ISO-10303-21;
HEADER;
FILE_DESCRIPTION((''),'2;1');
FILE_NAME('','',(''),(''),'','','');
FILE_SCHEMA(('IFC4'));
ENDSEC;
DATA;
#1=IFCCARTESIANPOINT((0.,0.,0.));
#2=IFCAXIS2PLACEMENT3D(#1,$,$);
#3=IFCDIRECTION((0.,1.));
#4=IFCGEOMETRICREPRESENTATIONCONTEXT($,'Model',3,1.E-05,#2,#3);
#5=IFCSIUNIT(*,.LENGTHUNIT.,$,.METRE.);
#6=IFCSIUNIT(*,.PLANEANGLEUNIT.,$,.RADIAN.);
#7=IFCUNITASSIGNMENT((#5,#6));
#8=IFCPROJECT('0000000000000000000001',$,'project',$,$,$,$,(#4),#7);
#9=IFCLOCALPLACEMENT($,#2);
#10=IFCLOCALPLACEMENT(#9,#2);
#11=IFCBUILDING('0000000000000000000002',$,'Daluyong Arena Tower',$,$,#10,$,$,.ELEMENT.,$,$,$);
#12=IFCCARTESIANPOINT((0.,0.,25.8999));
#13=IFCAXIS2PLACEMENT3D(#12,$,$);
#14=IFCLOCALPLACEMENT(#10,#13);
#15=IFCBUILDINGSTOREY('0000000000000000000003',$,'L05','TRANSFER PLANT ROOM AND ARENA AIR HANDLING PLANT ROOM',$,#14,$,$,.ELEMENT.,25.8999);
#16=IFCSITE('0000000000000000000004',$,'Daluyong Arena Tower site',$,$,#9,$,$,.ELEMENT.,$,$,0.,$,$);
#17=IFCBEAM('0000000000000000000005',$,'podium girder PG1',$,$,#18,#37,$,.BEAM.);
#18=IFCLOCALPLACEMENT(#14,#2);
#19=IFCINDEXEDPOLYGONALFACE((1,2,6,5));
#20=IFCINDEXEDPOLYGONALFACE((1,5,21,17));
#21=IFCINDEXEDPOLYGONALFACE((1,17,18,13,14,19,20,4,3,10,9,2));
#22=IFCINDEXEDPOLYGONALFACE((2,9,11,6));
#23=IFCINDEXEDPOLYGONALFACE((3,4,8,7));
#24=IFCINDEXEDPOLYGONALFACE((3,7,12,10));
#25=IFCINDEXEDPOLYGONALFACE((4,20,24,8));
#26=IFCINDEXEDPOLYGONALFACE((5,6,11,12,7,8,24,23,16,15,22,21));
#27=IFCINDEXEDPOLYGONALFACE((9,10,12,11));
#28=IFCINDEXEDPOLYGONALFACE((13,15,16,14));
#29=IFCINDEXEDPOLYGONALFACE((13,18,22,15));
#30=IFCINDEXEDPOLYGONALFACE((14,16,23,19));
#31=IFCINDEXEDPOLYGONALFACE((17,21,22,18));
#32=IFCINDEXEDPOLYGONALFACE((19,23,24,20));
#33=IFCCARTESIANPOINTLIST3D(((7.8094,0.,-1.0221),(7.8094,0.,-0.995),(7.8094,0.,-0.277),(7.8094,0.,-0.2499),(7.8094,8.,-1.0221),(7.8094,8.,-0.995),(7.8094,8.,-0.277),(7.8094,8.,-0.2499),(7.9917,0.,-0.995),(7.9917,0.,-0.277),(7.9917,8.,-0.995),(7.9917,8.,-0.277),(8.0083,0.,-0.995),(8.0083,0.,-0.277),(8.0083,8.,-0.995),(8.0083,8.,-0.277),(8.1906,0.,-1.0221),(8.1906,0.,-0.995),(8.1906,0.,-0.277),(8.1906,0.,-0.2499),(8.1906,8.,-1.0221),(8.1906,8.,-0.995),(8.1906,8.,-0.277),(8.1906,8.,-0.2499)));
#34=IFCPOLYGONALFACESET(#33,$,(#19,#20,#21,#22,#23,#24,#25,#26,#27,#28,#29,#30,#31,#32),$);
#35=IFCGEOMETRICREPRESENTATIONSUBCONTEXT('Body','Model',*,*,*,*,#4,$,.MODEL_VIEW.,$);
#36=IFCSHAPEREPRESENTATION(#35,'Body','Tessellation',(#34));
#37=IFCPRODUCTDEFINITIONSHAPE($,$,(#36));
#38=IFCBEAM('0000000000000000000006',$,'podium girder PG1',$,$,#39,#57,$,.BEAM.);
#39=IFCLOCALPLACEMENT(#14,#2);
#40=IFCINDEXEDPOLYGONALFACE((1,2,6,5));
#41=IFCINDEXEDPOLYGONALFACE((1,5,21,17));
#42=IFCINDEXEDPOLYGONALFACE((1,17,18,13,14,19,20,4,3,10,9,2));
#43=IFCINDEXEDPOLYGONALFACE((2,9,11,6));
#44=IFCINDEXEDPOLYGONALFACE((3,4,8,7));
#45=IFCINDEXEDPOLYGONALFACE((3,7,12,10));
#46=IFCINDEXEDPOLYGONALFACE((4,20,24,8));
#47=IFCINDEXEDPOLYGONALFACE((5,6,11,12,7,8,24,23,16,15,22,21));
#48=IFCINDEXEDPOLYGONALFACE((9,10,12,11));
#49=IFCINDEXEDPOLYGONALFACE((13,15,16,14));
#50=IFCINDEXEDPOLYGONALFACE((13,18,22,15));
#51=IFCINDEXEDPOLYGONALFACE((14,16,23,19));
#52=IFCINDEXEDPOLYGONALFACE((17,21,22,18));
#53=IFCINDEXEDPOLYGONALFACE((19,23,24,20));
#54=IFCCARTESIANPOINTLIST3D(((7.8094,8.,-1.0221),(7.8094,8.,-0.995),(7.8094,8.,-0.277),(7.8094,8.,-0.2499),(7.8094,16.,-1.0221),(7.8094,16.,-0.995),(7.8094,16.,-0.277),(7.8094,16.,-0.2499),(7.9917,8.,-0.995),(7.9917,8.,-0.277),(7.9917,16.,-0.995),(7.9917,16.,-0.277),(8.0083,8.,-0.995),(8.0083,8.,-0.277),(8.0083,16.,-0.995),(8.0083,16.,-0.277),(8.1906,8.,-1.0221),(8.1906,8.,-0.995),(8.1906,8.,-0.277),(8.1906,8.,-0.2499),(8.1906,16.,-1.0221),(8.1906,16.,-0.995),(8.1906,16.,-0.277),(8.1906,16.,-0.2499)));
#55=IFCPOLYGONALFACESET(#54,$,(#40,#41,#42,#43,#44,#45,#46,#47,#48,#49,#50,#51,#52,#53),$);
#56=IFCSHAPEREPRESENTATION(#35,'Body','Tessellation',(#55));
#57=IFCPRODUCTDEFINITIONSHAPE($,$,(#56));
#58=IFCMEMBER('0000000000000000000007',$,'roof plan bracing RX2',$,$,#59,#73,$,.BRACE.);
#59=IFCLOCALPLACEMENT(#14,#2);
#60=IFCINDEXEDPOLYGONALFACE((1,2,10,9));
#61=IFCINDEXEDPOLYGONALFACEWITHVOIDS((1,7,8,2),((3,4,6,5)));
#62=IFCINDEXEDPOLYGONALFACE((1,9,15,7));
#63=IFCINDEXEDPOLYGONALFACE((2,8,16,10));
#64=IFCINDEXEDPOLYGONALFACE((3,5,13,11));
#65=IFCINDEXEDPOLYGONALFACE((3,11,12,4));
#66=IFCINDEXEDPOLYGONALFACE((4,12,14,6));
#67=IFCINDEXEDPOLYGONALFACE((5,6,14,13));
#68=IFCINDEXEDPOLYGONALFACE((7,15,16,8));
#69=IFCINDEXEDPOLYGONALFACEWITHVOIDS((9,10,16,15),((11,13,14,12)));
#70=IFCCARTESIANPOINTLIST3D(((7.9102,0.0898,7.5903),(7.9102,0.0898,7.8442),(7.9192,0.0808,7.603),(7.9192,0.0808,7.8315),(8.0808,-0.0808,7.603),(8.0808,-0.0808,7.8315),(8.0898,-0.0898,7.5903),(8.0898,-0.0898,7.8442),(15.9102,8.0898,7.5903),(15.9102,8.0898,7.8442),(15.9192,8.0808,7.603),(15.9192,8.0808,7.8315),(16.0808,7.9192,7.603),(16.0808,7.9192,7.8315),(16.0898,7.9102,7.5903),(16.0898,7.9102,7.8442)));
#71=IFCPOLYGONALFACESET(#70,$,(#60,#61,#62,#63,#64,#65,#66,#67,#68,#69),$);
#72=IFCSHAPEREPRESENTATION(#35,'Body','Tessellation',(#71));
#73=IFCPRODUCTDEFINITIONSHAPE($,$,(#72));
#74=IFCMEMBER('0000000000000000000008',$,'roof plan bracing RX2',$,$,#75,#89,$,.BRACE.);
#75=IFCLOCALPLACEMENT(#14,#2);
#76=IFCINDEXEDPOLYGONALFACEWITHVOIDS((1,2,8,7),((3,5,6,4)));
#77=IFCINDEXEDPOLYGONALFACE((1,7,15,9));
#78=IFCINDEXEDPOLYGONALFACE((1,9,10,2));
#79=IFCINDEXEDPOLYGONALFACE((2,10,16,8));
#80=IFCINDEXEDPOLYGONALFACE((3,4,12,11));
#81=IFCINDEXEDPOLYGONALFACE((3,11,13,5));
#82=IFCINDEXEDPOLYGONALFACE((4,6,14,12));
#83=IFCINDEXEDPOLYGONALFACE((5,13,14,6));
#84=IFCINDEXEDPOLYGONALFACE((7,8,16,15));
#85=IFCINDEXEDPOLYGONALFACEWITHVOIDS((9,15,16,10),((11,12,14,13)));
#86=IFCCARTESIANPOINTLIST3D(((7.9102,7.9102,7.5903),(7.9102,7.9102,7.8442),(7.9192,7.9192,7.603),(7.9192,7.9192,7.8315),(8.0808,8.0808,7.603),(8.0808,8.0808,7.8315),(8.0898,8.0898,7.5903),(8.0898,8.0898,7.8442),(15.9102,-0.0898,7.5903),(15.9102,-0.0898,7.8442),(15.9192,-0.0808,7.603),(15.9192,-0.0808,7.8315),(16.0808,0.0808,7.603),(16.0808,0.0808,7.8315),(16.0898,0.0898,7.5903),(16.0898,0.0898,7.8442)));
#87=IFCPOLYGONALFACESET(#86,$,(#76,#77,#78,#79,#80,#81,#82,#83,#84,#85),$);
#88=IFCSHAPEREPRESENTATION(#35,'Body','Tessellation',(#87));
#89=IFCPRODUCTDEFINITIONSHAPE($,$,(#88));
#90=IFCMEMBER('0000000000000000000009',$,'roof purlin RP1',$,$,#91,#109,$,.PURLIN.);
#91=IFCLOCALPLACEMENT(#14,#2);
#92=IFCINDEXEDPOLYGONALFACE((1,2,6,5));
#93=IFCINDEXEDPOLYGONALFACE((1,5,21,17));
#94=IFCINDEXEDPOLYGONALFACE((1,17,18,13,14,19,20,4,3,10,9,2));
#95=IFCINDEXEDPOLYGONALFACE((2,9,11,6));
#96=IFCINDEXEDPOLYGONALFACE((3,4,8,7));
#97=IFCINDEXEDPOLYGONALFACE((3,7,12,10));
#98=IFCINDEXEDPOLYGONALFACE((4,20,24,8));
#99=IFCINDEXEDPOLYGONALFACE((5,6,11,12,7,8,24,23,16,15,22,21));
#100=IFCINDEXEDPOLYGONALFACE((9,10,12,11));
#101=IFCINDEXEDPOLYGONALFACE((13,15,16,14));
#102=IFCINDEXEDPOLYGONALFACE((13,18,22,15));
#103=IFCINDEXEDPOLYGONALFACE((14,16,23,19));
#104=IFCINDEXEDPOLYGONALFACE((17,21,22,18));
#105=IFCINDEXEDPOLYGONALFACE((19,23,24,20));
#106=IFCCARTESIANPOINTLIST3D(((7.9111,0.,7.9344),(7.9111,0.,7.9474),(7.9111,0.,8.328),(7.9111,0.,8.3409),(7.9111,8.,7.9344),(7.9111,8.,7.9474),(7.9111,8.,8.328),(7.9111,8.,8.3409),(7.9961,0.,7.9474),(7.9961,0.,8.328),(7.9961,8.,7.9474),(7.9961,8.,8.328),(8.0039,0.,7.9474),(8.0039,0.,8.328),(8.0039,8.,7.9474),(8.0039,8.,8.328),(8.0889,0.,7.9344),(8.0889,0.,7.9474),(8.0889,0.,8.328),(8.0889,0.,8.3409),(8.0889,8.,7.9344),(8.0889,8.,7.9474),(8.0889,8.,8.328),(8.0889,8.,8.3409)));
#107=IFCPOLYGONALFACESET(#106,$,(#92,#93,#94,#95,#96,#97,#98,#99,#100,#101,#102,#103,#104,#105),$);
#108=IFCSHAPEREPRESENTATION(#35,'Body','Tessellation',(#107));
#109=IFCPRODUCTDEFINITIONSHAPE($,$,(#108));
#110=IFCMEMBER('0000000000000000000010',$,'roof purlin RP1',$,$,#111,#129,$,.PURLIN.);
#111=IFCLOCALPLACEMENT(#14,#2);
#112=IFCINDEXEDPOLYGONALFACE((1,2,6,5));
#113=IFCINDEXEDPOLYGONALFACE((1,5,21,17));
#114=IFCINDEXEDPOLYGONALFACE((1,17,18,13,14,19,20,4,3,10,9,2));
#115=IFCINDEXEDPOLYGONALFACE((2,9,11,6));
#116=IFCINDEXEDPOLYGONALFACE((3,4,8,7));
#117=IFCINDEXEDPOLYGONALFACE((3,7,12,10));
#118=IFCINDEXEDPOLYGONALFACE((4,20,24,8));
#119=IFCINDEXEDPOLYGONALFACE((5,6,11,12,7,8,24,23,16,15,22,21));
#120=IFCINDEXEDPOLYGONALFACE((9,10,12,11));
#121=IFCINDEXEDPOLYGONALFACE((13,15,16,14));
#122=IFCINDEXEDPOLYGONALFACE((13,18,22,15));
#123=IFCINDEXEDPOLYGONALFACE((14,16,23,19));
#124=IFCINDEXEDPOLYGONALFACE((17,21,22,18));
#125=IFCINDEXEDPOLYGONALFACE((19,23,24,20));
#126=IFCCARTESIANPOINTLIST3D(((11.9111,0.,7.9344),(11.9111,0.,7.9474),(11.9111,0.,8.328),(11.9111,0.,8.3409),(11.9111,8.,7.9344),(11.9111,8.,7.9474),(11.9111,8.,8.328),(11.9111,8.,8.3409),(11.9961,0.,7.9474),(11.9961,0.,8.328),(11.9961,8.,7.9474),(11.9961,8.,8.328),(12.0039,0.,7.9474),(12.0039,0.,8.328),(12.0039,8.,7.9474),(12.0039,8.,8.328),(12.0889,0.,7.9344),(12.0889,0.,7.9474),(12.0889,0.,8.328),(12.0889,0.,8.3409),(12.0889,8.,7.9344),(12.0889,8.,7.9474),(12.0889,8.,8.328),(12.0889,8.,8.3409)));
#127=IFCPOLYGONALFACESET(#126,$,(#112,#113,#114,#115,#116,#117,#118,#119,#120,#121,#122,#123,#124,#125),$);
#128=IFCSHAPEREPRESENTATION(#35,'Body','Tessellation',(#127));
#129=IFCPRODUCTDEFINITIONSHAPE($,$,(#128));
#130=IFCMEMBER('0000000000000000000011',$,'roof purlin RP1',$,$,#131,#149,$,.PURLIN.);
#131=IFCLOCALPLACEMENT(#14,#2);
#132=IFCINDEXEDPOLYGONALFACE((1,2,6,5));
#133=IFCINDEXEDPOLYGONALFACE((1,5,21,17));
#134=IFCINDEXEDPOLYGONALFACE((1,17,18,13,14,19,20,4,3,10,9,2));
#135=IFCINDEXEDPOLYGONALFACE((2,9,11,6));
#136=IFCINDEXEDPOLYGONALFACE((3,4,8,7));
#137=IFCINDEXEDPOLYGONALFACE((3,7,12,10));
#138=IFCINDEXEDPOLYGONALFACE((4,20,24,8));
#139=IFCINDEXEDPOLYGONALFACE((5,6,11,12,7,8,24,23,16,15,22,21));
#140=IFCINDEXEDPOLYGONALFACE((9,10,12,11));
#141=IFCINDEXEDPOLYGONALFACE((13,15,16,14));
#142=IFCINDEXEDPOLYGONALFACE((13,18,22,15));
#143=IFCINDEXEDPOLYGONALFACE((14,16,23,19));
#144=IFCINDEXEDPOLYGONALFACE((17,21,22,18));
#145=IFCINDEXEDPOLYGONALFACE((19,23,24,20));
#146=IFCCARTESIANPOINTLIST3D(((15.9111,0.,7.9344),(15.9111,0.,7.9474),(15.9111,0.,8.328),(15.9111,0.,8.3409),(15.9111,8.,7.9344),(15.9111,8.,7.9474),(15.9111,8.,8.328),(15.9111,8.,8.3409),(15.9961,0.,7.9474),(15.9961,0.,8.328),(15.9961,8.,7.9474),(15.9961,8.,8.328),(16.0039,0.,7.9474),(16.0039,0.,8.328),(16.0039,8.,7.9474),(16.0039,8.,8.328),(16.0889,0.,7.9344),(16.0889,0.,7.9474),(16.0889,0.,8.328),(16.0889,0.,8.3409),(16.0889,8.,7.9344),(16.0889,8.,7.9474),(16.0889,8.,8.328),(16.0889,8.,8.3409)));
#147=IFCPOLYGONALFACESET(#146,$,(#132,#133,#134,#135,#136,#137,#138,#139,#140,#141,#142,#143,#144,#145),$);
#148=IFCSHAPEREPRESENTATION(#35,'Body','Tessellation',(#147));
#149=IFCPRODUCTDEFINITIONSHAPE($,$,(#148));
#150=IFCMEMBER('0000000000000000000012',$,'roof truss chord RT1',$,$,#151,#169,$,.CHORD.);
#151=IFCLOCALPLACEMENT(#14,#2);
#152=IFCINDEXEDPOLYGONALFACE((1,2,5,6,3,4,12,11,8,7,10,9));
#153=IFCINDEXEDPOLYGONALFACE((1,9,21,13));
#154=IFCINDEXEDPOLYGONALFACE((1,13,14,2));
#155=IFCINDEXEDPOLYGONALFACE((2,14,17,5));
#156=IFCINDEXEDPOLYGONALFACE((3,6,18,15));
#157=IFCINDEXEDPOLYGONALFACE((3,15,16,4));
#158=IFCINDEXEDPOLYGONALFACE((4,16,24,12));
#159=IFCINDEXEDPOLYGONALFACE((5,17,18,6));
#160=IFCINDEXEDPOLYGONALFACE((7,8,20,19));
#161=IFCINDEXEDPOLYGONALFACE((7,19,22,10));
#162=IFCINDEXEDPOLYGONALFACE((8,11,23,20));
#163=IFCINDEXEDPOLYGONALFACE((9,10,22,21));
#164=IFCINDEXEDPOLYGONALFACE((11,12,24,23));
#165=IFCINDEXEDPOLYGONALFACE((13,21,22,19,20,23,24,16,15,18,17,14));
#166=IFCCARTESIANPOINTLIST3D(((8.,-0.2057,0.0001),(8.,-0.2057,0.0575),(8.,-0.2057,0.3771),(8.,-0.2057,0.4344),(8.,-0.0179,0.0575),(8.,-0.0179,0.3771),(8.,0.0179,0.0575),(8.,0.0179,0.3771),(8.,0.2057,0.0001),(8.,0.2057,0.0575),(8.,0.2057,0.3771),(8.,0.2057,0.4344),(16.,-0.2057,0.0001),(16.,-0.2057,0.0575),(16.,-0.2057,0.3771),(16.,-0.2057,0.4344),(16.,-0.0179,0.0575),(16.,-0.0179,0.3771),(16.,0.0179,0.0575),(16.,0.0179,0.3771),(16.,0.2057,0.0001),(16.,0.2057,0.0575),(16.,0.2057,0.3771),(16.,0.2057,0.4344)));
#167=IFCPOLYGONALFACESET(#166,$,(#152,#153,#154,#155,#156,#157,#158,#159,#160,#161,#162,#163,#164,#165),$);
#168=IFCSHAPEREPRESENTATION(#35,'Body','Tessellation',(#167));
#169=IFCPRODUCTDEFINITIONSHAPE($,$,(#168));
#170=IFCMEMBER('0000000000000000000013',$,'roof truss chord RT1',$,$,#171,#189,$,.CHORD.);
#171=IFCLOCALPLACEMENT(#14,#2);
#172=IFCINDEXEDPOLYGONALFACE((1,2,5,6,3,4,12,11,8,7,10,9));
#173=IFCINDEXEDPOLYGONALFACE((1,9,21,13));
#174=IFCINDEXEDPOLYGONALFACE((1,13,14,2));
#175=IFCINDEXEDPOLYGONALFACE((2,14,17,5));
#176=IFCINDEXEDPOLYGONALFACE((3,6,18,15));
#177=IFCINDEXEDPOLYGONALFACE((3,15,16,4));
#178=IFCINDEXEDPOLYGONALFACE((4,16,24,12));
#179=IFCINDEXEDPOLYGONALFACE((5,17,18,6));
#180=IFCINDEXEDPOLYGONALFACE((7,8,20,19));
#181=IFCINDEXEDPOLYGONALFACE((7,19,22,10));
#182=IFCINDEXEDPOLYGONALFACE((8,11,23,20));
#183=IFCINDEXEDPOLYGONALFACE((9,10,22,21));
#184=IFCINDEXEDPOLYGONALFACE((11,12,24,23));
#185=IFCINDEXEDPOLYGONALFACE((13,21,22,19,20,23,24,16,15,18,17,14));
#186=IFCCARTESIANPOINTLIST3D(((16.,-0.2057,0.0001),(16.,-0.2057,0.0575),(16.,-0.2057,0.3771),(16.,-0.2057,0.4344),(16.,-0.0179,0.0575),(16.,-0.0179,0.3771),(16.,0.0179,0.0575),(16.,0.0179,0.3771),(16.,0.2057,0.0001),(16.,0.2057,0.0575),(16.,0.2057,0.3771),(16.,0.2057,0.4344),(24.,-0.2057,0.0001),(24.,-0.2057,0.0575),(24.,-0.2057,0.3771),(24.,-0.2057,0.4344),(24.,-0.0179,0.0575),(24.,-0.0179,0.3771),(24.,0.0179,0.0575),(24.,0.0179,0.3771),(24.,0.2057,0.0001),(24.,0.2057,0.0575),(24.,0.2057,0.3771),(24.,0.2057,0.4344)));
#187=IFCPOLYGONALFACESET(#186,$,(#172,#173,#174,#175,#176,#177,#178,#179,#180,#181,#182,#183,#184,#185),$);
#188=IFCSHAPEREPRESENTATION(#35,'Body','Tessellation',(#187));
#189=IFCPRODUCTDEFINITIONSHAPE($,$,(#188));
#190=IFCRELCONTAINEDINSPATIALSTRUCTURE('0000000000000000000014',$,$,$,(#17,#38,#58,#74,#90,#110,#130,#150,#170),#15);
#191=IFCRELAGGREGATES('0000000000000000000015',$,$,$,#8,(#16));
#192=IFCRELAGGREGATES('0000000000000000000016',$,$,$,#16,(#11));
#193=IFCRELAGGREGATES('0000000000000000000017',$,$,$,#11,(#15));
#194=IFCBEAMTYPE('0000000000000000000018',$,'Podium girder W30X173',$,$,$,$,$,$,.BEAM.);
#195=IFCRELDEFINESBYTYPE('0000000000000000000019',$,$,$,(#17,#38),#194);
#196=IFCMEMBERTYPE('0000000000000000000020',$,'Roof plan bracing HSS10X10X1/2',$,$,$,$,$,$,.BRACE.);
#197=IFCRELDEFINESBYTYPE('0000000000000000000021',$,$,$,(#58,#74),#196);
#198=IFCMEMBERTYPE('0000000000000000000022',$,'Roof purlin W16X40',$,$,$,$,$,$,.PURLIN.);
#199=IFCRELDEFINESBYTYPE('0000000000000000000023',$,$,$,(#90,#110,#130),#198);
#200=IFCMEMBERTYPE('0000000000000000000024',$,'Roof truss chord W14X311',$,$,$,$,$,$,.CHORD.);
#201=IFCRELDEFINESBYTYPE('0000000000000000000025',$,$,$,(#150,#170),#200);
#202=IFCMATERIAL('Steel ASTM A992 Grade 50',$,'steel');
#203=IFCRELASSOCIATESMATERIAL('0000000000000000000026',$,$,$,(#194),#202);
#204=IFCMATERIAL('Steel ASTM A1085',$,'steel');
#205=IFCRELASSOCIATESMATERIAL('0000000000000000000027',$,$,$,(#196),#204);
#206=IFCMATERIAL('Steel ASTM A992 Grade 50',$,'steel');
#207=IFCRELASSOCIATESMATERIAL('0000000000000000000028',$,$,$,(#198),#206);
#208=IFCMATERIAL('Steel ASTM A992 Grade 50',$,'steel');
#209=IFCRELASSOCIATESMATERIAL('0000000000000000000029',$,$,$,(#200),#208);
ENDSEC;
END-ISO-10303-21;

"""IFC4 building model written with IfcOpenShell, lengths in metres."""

from ifc_helpers import new_model, si_unit, direction, frame, origin, origin_2d, place, context, subcontext, project, spatial, hollow_rectangle, i_section, extrude, material, material_profile, profile_set, type_object, element, save


model = new_model("IFC4")

# Units and contexts
model_context = context("Model", 3, precision=1e-05, world=origin(), true_north=direction((0.0, 1.0)))
body_context = subcontext(model_context, "Body", "Model", "MODEL_VIEW")
ifc_project = project(units=[si_unit("LENGTHUNIT", "METRE"), si_unit("PLANEANGLEUNIT", "RADIAN")], contexts=[model_context])

# Site, building, storey
site_placement = place(None, origin())
site = spatial("IfcSite", under=ifc_project, at=site_placement, Name="Daluyong Arena Tower site", CompositionType="ELEMENT", RefElevation=0.0)
building_placement = place(site_placement, origin())
building = spatial("IfcBuilding", under=site, at=building_placement, Name="Daluyong Arena Tower", CompositionType="ELEMENT")
storey_placement = place(building_placement, frame((0.0, 0.0, 25.8999)))
storey = spatial("IfcBuildingStorey", under=building, at=storey_placement, Name="L05", Description="TRANSFER PLANT ROOM AND ARENA AIR HANDLING PLANT ROOM", CompositionType="ELEMENT", Elevation=25.8999)

# Beams
ifc_material_1 = material(Name="Steel ASTM A992 Grade 50", Category="steel")
ifc_material_profile_1 = material_profile(ifc_material_1, i_section(OverallWidth=0.3811, OverallDepth=0.7722, WebThickness=0.0166, FlangeThickness=0.0271, at=origin_2d()))
ifc_profile_set_1 = profile_set([ifc_material_profile_1], Name="Steel ASTM A992 Grade 50")
beam_type = type_object("IfcBeamType", Name="Podium girder W30X173", PredefinedType="BEAM", material=ifc_profile_set_1)
for number, where, z_axis, x_axis, name in (
    (1, (8.0, 0.0, -0.636), (0.0, 1.0, 0.0), (-1.0, 0.0, 0.0), "podium girder PG1"),
    (2, (8.0, 8.0, -0.636), (0.0, 1.0, 0.0), (-1.0, 0.0, 0.0), "podium girder PG1"),
):
    element("IfcBeam", number, at=place(storey_placement, frame(where, z_axis=z_axis, x_axis=x_axis)), inside=storey, type_object=beam_type, Name=name, PredefinedType="BEAM", context=body_context, shape_type="SweptSolid", body=[
        extrude(i_section(OverallWidth=0.3811, OverallDepth=0.7722, WebThickness=0.0166, FlangeThickness=0.0271, at=origin_2d()), origin(), (0.0, 0.0, 1.0), 8.0),
    ])

# Members
ifc_material_2 = material(Name="Steel ASTM A1085", Category="steel")
ifc_material_profile_2 = material_profile(ifc_material_2, hollow_rectangle(XDim=0.2539, YDim=0.2539, WallThickness=0.0127, at=origin_2d()))
ifc_profile_set_2 = profile_set([ifc_material_profile_2], Name="Steel ASTM A1085")
member_type_1 = type_object("IfcMemberType", Name="Roof plan bracing HSS10X10X1/2", PredefinedType="BRACE", material=ifc_profile_set_2)
for number, where, z_axis, x_axis, name in (
    (3, (8.0, 0.0, 7.7173), (0.707107, 0.707107, 0.0), (-0.707107, 0.707107, 0.0), "roof plan bracing RX2"),
    (4, (16.0, 0.0, 7.7173), (-0.707107, 0.707107, 0.0), (-0.707107, -0.707107, 0.0), "roof plan bracing RX2"),
):
    element("IfcMember", number, at=place(storey_placement, frame(where, z_axis=z_axis, x_axis=x_axis)), inside=storey, type_object=member_type_1, Name=name, PredefinedType="BRACE", context=body_context, shape_type="SweptSolid", body=[
        extrude(hollow_rectangle(XDim=0.2539, YDim=0.2539, WallThickness=0.0127, at=origin_2d()), origin(), (0.0, 0.0, 1.0), 11.3137),
    ])
ifc_material_3 = material(Name="Steel ASTM A992 Grade 50", Category="steel")
ifc_material_profile_3 = material_profile(ifc_material_3, i_section(OverallWidth=0.1777, OverallDepth=0.4065, WebThickness=0.0078, FlangeThickness=0.0129, at=origin_2d()))
ifc_profile_set_3 = profile_set([ifc_material_profile_3], Name="Steel ASTM A992 Grade 50")
member_type_2 = type_object("IfcMemberType", Name="Roof purlin W16X40", PredefinedType="PURLIN", material=ifc_profile_set_3)
for number, where, z_axis, x_axis, name in (
    (5, (8.0, 0.0, 8.1377), (0.0, 1.0, 0.0), (-1.0, 0.0, 0.0), "roof purlin RP1"),
    (6, (12.0, 0.0, 8.1377), (0.0, 1.0, 0.0), (-1.0, 0.0, 0.0), "roof purlin RP1"),
    (7, (16.0, 0.0, 8.1377), (0.0, 1.0, 0.0), (-1.0, 0.0, 0.0), "roof purlin RP1"),
):
    element("IfcMember", number, at=place(storey_placement, frame(where, z_axis=z_axis, x_axis=x_axis)), inside=storey, type_object=member_type_2, Name=name, PredefinedType="PURLIN", context=body_context, shape_type="SweptSolid", body=[
        extrude(i_section(OverallWidth=0.1777, OverallDepth=0.4065, WebThickness=0.0078, FlangeThickness=0.0129, at=origin_2d()), origin(), (0.0, 0.0, 1.0), 8.0),
    ])
ifc_material_4 = material(Name="Steel ASTM A992 Grade 50", Category="steel")
ifc_material_profile_4 = material_profile(ifc_material_4, i_section(OverallWidth=0.4114, OverallDepth=0.4343, WebThickness=0.0359, FlangeThickness=0.0574, at=origin_2d()))
ifc_profile_set_4 = profile_set([ifc_material_profile_4], Name="Steel ASTM A992 Grade 50")
member_type_3 = type_object("IfcMemberType", Name="Roof truss chord W14X311", PredefinedType="CHORD", material=ifc_profile_set_4)
for number, where, z_axis, x_axis, name in (
    (8, (8.0, 0.0, 0.2173), (1.0, 0.0, 0.0), (0.0, 1.0, 0.0), "roof truss chord RT1"),
    (9, (16.0, 0.0, 0.2173), (1.0, 0.0, 0.0), (0.0, 1.0, 0.0), "roof truss chord RT1"),
):
    element("IfcMember", number, at=place(storey_placement, frame(where, z_axis=z_axis, x_axis=x_axis)), inside=storey, type_object=member_type_3, Name=name, PredefinedType="CHORD", context=body_context, shape_type="SweptSolid", body=[
        extrude(i_section(OverallWidth=0.4114, OverallDepth=0.4343, WebThickness=0.0359, FlangeThickness=0.0574, at=origin_2d()), origin(), (0.0, 0.0, 1.0), 8.0),
    ])

save(model, "model.ifc")
